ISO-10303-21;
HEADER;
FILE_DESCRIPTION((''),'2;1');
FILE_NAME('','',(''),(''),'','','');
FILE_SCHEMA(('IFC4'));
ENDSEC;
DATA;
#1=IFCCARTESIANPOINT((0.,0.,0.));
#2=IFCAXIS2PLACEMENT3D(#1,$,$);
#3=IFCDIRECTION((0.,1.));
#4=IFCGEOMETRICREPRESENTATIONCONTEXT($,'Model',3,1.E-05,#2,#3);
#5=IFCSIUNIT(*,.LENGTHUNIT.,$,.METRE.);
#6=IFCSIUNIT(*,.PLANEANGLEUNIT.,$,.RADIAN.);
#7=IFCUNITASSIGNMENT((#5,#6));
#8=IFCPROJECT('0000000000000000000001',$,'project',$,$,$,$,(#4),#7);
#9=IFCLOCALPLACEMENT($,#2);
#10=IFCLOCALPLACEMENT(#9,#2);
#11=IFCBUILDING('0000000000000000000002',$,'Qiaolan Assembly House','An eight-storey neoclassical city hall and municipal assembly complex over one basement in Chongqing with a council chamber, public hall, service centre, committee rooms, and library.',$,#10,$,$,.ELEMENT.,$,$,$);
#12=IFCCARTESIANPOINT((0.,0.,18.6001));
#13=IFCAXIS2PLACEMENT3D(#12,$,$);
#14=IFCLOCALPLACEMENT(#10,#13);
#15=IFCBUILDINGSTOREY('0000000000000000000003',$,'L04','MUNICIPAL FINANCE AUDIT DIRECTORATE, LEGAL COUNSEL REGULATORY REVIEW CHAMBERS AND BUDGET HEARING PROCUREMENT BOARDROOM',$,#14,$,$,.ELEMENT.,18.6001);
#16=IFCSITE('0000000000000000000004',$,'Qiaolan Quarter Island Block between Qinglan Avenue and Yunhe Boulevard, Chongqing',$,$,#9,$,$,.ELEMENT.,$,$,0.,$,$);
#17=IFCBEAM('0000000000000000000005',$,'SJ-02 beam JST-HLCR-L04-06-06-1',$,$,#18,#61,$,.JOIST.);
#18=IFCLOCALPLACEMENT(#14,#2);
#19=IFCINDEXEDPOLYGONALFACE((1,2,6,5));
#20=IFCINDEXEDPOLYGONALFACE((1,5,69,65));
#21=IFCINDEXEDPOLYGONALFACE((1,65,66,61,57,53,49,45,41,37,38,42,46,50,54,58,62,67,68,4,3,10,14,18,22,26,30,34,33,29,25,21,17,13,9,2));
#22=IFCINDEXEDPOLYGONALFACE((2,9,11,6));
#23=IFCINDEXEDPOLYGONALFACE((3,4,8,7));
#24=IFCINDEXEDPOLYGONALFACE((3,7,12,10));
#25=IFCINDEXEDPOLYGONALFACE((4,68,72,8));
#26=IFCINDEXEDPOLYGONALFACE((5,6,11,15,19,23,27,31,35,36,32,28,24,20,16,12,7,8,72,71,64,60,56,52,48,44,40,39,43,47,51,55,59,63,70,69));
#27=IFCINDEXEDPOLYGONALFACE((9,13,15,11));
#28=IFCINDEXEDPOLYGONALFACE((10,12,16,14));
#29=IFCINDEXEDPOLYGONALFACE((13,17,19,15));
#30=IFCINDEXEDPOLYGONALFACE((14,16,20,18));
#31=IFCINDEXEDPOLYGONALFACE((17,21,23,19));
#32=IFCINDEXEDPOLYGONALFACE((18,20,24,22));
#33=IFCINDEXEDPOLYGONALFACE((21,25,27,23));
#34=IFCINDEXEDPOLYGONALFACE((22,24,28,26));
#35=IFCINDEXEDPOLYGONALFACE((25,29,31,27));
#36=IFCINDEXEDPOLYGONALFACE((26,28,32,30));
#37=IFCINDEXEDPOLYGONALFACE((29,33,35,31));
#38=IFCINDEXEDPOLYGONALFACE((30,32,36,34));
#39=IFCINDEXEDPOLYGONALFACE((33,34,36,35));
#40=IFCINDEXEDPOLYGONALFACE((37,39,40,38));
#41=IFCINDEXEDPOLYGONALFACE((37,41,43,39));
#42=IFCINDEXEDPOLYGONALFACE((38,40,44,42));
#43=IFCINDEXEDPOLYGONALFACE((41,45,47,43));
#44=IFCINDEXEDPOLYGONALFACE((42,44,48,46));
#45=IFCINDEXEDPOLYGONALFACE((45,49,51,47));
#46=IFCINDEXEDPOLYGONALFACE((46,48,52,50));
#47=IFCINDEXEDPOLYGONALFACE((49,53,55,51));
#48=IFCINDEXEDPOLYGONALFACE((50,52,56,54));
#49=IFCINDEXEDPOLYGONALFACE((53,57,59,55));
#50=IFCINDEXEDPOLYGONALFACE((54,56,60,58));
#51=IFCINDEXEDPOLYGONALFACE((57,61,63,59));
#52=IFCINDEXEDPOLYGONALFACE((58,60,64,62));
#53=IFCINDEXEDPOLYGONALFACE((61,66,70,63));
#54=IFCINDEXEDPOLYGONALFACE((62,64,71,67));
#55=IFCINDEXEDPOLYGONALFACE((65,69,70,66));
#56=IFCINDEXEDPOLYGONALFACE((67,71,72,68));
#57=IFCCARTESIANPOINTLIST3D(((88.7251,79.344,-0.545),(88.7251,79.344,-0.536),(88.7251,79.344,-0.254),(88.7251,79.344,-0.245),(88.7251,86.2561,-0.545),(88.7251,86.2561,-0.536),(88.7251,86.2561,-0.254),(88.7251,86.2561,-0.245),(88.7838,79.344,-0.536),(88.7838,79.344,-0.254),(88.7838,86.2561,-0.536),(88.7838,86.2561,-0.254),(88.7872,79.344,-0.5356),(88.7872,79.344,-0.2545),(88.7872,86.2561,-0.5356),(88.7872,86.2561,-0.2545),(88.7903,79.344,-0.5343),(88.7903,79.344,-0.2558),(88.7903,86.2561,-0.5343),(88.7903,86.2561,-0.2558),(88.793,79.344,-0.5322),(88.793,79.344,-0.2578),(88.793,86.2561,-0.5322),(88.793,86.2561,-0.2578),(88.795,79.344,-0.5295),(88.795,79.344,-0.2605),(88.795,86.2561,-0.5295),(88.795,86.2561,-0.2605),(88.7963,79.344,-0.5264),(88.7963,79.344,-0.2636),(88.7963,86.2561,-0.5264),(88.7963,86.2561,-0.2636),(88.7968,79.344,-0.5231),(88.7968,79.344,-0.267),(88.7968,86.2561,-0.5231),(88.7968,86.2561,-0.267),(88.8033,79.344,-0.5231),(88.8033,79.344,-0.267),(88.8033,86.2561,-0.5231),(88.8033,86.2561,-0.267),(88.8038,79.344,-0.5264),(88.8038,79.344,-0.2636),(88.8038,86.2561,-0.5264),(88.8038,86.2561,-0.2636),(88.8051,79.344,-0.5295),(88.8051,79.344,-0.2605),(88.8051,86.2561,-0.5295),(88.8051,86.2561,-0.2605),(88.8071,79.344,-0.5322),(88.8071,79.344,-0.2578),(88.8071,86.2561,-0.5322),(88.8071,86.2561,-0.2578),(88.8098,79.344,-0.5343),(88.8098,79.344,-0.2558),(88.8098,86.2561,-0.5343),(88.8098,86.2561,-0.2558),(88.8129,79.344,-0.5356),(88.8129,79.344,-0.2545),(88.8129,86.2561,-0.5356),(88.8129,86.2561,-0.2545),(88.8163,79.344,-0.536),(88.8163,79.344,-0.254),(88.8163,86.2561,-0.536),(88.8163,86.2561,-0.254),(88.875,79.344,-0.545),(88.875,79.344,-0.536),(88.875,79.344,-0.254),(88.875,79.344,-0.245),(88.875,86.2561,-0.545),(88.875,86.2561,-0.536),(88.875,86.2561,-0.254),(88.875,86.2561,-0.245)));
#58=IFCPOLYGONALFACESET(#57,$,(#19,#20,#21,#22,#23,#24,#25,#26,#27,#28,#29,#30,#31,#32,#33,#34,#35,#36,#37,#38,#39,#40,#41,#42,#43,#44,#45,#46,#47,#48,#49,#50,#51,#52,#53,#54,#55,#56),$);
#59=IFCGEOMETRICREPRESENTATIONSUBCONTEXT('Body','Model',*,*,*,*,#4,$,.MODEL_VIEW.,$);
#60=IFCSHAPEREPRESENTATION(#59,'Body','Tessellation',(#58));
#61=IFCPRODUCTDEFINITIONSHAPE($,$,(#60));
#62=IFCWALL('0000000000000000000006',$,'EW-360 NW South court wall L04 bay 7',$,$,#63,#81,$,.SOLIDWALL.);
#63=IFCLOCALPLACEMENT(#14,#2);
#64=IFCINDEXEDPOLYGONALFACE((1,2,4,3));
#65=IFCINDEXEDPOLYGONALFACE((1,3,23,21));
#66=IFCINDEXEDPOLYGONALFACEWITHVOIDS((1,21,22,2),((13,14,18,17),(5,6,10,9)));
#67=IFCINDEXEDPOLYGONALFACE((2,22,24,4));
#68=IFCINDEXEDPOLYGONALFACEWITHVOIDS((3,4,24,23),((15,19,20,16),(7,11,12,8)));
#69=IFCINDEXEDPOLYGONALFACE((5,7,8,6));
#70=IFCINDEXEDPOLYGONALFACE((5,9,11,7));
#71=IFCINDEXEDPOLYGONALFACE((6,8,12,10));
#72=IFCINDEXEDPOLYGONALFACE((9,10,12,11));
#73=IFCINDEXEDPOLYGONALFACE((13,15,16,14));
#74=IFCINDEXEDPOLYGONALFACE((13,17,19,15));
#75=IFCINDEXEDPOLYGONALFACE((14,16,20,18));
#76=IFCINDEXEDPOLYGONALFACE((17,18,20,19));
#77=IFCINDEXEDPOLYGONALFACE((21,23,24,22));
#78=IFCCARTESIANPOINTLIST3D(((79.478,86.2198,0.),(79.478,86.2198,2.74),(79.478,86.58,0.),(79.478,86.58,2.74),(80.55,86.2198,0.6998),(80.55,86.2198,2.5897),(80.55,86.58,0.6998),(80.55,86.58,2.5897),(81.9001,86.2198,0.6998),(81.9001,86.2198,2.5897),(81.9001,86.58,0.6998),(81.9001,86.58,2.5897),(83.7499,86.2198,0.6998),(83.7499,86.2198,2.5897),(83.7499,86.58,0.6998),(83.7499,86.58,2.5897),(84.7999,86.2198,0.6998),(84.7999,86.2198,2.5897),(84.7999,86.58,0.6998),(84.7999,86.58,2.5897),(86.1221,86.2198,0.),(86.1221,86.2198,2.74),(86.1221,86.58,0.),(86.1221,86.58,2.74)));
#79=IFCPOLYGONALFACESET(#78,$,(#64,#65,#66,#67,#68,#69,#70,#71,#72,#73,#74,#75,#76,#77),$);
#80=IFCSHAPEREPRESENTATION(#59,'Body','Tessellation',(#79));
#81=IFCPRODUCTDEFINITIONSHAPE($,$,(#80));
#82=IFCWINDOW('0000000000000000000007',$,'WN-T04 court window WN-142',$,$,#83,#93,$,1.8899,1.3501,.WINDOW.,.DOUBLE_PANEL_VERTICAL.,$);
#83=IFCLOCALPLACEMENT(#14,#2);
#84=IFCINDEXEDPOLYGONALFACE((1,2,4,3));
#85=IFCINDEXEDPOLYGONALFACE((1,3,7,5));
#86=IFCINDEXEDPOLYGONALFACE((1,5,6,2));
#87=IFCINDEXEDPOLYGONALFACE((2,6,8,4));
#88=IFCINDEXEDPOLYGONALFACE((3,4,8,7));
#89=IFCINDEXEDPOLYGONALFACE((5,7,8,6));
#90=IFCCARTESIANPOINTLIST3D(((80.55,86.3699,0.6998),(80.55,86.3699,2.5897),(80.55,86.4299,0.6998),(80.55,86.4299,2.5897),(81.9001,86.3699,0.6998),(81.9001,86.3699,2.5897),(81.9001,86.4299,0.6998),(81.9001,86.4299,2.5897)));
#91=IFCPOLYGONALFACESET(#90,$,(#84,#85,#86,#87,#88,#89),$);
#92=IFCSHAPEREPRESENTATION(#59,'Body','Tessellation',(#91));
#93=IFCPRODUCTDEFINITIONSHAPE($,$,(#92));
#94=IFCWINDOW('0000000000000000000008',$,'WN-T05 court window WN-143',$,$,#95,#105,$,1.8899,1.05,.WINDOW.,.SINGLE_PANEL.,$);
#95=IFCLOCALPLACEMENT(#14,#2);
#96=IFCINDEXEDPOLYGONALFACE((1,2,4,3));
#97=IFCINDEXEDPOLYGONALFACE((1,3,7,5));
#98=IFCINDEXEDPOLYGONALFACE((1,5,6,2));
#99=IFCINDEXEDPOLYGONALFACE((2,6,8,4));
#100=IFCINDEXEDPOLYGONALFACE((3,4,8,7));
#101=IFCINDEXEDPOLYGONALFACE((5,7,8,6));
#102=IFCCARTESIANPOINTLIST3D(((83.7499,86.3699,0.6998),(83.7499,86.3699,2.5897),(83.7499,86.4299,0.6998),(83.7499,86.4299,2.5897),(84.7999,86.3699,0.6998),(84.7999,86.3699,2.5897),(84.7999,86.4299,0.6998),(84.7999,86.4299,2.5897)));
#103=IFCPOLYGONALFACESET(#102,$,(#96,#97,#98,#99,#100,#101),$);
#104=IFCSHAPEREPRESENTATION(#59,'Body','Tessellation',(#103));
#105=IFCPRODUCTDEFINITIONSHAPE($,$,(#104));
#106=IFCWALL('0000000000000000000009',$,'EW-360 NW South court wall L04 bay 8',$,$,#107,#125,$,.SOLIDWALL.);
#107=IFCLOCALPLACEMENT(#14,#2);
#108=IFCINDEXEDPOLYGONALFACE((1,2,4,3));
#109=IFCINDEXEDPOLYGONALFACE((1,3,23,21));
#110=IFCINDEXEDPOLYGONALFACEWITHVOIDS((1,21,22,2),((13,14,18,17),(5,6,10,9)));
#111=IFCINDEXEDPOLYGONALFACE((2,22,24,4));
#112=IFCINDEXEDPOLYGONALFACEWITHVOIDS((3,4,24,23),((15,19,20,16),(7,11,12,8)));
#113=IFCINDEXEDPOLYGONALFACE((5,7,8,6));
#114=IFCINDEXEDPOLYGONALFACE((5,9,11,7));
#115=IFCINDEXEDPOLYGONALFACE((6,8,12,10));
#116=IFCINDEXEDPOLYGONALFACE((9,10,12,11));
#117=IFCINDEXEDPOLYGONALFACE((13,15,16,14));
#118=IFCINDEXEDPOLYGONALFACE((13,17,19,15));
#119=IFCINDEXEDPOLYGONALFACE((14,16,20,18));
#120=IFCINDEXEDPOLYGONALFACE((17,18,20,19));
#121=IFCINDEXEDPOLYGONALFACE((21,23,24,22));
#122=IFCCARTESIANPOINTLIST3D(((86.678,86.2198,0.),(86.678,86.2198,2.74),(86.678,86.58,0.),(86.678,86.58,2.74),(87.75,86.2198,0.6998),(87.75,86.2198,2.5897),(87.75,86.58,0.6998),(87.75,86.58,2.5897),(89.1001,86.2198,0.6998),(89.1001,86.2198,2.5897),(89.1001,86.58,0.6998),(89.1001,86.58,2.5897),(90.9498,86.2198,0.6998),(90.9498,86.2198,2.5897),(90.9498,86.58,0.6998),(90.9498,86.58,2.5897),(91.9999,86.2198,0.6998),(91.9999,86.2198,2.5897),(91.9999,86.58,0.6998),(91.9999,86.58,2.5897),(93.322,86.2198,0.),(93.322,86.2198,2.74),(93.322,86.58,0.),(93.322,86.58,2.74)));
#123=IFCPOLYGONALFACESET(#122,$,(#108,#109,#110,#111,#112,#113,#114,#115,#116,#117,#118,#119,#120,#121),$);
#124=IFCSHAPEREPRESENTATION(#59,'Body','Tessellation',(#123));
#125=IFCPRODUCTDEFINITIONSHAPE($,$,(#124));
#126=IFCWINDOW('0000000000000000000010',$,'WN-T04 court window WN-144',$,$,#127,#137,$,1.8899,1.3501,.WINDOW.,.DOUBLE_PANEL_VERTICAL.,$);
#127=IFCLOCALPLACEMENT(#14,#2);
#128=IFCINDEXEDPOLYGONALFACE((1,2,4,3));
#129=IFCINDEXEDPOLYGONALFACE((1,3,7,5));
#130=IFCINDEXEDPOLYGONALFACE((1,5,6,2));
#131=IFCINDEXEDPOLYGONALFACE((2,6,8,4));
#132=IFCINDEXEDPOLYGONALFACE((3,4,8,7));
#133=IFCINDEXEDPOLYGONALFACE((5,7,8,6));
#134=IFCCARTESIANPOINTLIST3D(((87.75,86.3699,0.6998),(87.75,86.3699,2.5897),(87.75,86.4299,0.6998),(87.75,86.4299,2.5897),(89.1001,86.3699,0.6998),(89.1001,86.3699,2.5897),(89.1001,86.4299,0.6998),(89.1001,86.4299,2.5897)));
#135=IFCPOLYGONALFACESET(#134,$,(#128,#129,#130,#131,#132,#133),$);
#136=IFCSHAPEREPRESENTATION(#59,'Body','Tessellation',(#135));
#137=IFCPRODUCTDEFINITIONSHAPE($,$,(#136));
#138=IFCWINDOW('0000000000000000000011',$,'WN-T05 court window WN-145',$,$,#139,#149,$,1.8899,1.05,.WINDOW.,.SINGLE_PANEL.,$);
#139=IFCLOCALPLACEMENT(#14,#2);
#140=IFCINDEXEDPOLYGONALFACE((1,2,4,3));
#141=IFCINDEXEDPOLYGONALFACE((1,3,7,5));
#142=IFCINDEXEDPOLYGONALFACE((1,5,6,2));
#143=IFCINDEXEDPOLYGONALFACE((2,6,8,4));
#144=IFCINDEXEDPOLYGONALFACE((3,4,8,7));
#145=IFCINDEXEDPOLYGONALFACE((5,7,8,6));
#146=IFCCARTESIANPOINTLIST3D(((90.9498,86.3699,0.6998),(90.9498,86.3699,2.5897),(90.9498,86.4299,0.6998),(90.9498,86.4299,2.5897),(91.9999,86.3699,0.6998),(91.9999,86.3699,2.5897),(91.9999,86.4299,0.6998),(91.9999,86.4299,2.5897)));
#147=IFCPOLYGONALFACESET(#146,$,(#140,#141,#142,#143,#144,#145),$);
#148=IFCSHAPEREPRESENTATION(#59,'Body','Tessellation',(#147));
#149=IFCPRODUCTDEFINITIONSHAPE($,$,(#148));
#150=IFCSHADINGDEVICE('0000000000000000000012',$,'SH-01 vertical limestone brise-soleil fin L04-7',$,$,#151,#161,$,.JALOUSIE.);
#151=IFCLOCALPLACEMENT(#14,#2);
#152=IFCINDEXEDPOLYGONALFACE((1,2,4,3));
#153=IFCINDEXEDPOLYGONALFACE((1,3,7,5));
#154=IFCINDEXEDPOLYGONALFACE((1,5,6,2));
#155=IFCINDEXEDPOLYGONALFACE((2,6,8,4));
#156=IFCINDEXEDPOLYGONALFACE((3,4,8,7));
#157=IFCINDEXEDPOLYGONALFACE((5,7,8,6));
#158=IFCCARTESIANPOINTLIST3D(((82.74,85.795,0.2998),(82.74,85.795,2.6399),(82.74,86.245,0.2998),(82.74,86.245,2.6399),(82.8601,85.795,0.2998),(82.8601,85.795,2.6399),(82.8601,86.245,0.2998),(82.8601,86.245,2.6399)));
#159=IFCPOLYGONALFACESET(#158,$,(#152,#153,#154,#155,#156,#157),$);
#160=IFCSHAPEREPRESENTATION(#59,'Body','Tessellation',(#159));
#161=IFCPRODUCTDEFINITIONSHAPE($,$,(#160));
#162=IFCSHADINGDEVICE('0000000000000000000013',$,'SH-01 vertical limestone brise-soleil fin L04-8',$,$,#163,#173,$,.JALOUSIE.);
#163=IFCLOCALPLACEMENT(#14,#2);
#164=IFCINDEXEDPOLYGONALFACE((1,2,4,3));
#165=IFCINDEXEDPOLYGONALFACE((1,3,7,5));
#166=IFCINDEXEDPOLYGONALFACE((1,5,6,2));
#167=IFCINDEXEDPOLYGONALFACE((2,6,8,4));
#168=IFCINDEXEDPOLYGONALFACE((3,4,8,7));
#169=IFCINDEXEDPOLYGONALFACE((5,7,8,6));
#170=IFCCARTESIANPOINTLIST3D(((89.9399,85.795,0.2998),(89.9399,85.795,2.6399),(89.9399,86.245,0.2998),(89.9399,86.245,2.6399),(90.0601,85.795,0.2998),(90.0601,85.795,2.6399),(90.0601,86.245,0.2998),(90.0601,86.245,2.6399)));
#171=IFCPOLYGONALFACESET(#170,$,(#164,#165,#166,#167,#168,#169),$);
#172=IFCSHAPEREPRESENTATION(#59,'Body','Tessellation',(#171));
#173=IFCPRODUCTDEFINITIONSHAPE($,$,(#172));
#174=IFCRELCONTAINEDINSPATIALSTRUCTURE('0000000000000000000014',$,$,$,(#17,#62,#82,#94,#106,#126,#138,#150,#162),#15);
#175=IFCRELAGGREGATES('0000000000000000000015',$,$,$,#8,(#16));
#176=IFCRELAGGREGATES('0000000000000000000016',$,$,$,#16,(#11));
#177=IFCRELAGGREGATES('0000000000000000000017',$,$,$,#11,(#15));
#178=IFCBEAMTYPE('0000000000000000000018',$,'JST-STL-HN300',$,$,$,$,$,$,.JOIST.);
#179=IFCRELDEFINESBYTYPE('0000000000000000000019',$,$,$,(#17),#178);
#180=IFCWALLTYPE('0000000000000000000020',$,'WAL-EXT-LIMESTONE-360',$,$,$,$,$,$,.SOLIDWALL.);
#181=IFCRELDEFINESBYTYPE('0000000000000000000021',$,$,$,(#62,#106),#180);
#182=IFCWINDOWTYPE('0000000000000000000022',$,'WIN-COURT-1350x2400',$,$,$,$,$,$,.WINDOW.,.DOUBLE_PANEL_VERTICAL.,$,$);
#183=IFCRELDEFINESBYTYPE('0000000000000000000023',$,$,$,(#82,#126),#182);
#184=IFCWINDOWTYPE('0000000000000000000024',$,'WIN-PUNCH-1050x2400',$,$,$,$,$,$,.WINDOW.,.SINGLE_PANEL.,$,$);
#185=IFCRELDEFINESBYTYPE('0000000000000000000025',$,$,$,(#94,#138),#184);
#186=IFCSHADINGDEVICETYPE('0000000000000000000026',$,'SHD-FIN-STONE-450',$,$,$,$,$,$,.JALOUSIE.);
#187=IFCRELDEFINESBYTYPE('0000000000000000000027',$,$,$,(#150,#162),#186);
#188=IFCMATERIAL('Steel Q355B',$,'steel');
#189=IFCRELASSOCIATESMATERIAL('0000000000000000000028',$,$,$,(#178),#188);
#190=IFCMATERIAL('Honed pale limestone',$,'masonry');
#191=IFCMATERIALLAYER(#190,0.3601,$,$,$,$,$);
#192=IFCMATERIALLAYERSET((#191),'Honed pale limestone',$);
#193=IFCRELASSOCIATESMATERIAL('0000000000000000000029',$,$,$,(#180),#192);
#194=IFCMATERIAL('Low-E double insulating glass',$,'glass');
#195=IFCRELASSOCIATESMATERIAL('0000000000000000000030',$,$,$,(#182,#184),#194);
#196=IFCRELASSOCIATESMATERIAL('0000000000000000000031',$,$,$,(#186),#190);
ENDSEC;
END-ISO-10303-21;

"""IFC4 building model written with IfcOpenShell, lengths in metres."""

from ifc_helpers import new_model, si_unit, direction, frame, frame_2d, origin, origin_2d, place, context, subcontext, project, spatial, rectangle, i_section, extrude, material, layer, layer_set, material_profile, profile_set, type_object, element, fill, save


model = new_model("IFC4")

# Units and contexts
model_context = context("Model", 3, precision=1e-05, world=origin(), true_north=direction((0.0, 1.0)))
body_context = subcontext(model_context, "Body", "Model", "MODEL_VIEW")
ifc_project = project(units=[si_unit("LENGTHUNIT", "METRE"), si_unit("PLANEANGLEUNIT", "RADIAN")], contexts=[model_context])

# Site, building, storey
site_placement = place(None, origin())
site = spatial("IfcSite", under=ifc_project, at=site_placement, Name="Qiaolan Quarter Island Block between Qinglan Avenue and Yunhe Boulevard, Chongqing", CompositionType="ELEMENT", RefElevation=0.0)
building_placement = place(site_placement, origin())
building = spatial("IfcBuilding", under=site, at=building_placement, Name="Qiaolan Assembly House", Description="An eight-storey neoclassical city hall and municipal assembly complex over one basement in Chongqing with a council chamber, public hall, service centre, committee rooms, and library.", CompositionType="ELEMENT")
storey_placement = place(building_placement, frame((0.0, 0.0, 18.6001)))
storey = spatial("IfcBuildingStorey", under=building, at=storey_placement, Name="L04", Description="MUNICIPAL FINANCE AUDIT DIRECTORATE, LEGAL COUNSEL REGULATORY REVIEW CHAMBERS AND BUDGET HEARING PROCUREMENT BOARDROOM", CompositionType="ELEMENT", Elevation=18.6001)

# Beam
ifc_material_1 = material(Name="Steel Q355B", Category="steel")
ifc_material_profile_1 = material_profile(ifc_material_1, i_section(OverallWidth=0.1499, OverallDepth=0.3, WebThickness=0.0066, FlangeThickness=0.009, FilletRadius=0.0129, at=origin_2d()), Name="HN 300x150x6.5x9")
ifc_profile_set_1 = profile_set([ifc_material_profile_1], Name="Steel Q355B")
beam_type_1 = type_object("IfcBeamType", Name="JST-STL-HN300", PredefinedType="JOIST", material=ifc_profile_set_1)
beam_1_placement = place(storey_placement, frame((88.8, 79.344, -0.395), z_axis=(0.0, 1.0, 0.0), x_axis=(-1.0, 0.0, 0.0)))
element("IfcBeam", 1, at=beam_1_placement, inside=storey, type_object=beam_type_1, Name="SJ-02 beam JST-HLCR-L04-06-06-1", PredefinedType="JOIST", context=body_context, shape_type="SweptSolid", body=[
    extrude(i_section(OverallWidth=0.1499, OverallDepth=0.3, WebThickness=0.0066, FlangeThickness=0.009, FilletRadius=0.0129, at=origin_2d()), origin(), (0.0, 0.0, 1.0), 6.9121),
])

# Walls, openings, windows
ifc_material_2 = material(Name="Honed pale limestone", Category="masonry")
ifc_layer = layer(ifc_material_2, 0.3601)
ifc_layer_set = layer_set([ifc_layer], Name="Honed pale limestone")
wall_type = type_object("IfcWallType", Name="WAL-EXT-LIMESTONE-360", PredefinedType="SOLIDWALL", material=ifc_layer_set)
wall_1_placement = place(storey_placement, frame((79.478, 86.3999, 0.0), z_axis=(0.0, 0.0, 1.0), x_axis=(1.0, 0.0, 0.0)))
wall_1 = element("IfcWall", 2, at=wall_1_placement, inside=storey, type_object=wall_type, Name="EW-360 NW South court wall L04 bay 7", PredefinedType="SOLIDWALL", context=body_context, shape_type="SweptSolid", body=[
    extrude(rectangle(XDim=6.644, YDim=0.3601, at=frame_2d((3.322, 0.0))), origin(), (0.0, 0.0, 1.0), 2.74),
])
opening_1_placement = place(wall_1_placement, frame((1.072, 0.0, 0.7)))
opening_1 = element("IfcOpeningElement", 3, at=opening_1_placement, cuts=wall_1, PredefinedType="OPENING", context=body_context, shape_type="SweptSolid", body=[
    extrude(rectangle(XDim=1.3501, YDim=1.8899, at=frame_2d((0.675, 0.9448))), frame((0.0, 0.1899, 0.0), z_axis=(0.0, -1.0, 0.0), x_axis=(1.0, 0.0, 0.0)), (0.0, 0.0, 1.0), 0.3801),
])
opening_2_placement = place(wall_1_placement, frame((4.272, 0.0, 0.7)))
opening_2 = element("IfcOpeningElement", 4, at=opening_2_placement, cuts=wall_1, PredefinedType="OPENING", context=body_context, shape_type="SweptSolid", body=[
    extrude(rectangle(XDim=1.05, YDim=1.8899, at=frame_2d((0.5249, 0.9448))), frame((0.0, 0.1899, 0.0), z_axis=(0.0, -1.0, 0.0), x_axis=(1.0, 0.0, 0.0)), (0.0, 0.0, 1.0), 0.3801),
])
ifc_material_3 = material(Name="Low-E double insulating glass", Category="glass")
window_type_1 = type_object("IfcWindowType", Name="WIN-COURT-1350x2400", PartitioningType="DOUBLE_PANEL_VERTICAL", PredefinedType="WINDOW", material=ifc_material_3)
window_1_placement = place(opening_1_placement, origin())
window_1 = element("IfcWindow", 5, at=window_1_placement, inside=storey, type_object=window_type_1, Name="WN-T04 court window WN-142", OverallHeight=1.8899, OverallWidth=1.3501, PartitioningType="DOUBLE_PANEL_VERTICAL", PredefinedType="WINDOW", context=body_context, shape_type="SweptSolid", body=[
    extrude(rectangle(XDim=1.3501, YDim=1.8899, at=frame_2d((0.675, 0.9448))), frame((0.0, 0.03, 0.0), z_axis=(0.0, -1.0, 0.0), x_axis=(1.0, 0.0, 0.0)), (0.0, 0.0, 1.0), 0.0601),
])
fill(opening_1, window_1)
window_type_2 = type_object("IfcWindowType", Name="WIN-PUNCH-1050x2400", PartitioningType="SINGLE_PANEL", PredefinedType="WINDOW", material=ifc_material_3)
window_2_placement = place(opening_2_placement, origin())
window_2 = element("IfcWindow", 6, at=window_2_placement, inside=storey, type_object=window_type_2, Name="WN-T05 court window WN-143", OverallHeight=1.8899, OverallWidth=1.05, PartitioningType="SINGLE_PANEL", PredefinedType="WINDOW", context=body_context, shape_type="SweptSolid", body=[
    extrude(rectangle(XDim=1.05, YDim=1.8899, at=frame_2d((0.5249, 0.9448))), frame((0.0, 0.03, 0.0), z_axis=(0.0, -1.0, 0.0), x_axis=(1.0, 0.0, 0.0)), (0.0, 0.0, 1.0), 0.0601),
])
fill(opening_2, window_2)
wall_2_placement = place(storey_placement, frame((86.678, 86.3999, 0.0), z_axis=(0.0, 0.0, 1.0), x_axis=(1.0, 0.0, 0.0)))
wall_2 = element("IfcWall", 7, at=wall_2_placement, inside=storey, type_object=wall_type, Name="EW-360 NW South court wall L04 bay 8", PredefinedType="SOLIDWALL", context=body_context, shape_type="SweptSolid", body=[
    extrude(rectangle(XDim=6.644, YDim=0.3601, at=frame_2d((3.322, 0.0))), origin(), (0.0, 0.0, 1.0), 2.74),
])
opening_3_placement = place(wall_2_placement, frame((1.072, 0.0, 0.7)))
opening_3 = element("IfcOpeningElement", 8, at=opening_3_placement, cuts=wall_2, PredefinedType="OPENING", context=body_context, shape_type="SweptSolid", body=[
    extrude(rectangle(XDim=1.3501, YDim=1.8899, at=frame_2d((0.675, 0.9448))), frame((0.0, 0.1899, 0.0), z_axis=(0.0, -1.0, 0.0), x_axis=(1.0, 0.0, 0.0)), (0.0, 0.0, 1.0), 0.3801),
])
opening_4_placement = place(wall_2_placement, frame((4.272, 0.0, 0.7)))
opening_4 = element("IfcOpeningElement", 9, at=opening_4_placement, cuts=wall_2, PredefinedType="OPENING", context=body_context, shape_type="SweptSolid", body=[
    extrude(rectangle(XDim=1.05, YDim=1.8899, at=frame_2d((0.5249, 0.9448))), frame((0.0, 0.1899, 0.0), z_axis=(0.0, -1.0, 0.0), x_axis=(1.0, 0.0, 0.0)), (0.0, 0.0, 1.0), 0.3801),
])
window_3_placement = place(opening_3_placement, origin())
window_3 = element("IfcWindow", 10, at=window_3_placement, inside=storey, type_object=window_type_1, Name="WN-T04 court window WN-144", OverallHeight=1.8899, OverallWidth=1.3501, PartitioningType="DOUBLE_PANEL_VERTICAL", PredefinedType="WINDOW", context=body_context, shape_type="SweptSolid", body=[
    extrude(rectangle(XDim=1.3501, YDim=1.8899, at=frame_2d((0.675, 0.9448))), frame((0.0, 0.03, 0.0), z_axis=(0.0, -1.0, 0.0), x_axis=(1.0, 0.0, 0.0)), (0.0, 0.0, 1.0), 0.0601),
])
fill(opening_3, window_3)
window_4_placement = place(opening_4_placement, origin())
window_4 = element("IfcWindow", 11, at=window_4_placement, inside=storey, type_object=window_type_2, Name="WN-T05 court window WN-145", OverallHeight=1.8899, OverallWidth=1.05, PartitioningType="SINGLE_PANEL", PredefinedType="WINDOW", context=body_context, shape_type="SweptSolid", body=[
    extrude(rectangle(XDim=1.05, YDim=1.8899, at=frame_2d((0.5249, 0.9448))), frame((0.0, 0.03, 0.0), z_axis=(0.0, -1.0, 0.0), x_axis=(1.0, 0.0, 0.0)), (0.0, 0.0, 1.0), 0.0601),
])
fill(opening_4, window_4)

# Shading devices
ifc_material_profile_2 = material_profile(ifc_material_2, rectangle(XDim=0.1201, YDim=0.45, at=origin_2d()), Name="FIN 120x450")
ifc_profile_set_2 = profile_set([ifc_material_profile_2], Name="Honed pale limestone")
shading_device_type = type_object("IfcShadingDeviceType", Name="SHD-FIN-STONE-450", PredefinedType="JALOUSIE", material=ifc_profile_set_2)
for number, where, z_axis, x_axis, name in (
    (12, (82.8, 86.02, 0.2998), (0.0, 0.0, 1.0), (1.0, 0.0, 0.0), "SH-01 vertical limestone brise-soleil fin L04-7"),
    (13, (90.0, 86.02, 0.2998), (0.0, 0.0, 1.0), (1.0, 0.0, 0.0), "SH-01 vertical limestone brise-soleil fin L04-8"),
):
    element("IfcShadingDevice", number, at=place(storey_placement, frame(where, z_axis=z_axis, x_axis=x_axis)), inside=storey, type_object=shading_device_type, Name=name, PredefinedType="JALOUSIE", context=body_context, shape_type="SweptSolid", body=[
        extrude(rectangle(XDim=0.1201, YDim=0.45, at=origin_2d()), origin(), (0.0, 0.0, 1.0), 2.3401),
    ])

save(model, "model.ifc")
